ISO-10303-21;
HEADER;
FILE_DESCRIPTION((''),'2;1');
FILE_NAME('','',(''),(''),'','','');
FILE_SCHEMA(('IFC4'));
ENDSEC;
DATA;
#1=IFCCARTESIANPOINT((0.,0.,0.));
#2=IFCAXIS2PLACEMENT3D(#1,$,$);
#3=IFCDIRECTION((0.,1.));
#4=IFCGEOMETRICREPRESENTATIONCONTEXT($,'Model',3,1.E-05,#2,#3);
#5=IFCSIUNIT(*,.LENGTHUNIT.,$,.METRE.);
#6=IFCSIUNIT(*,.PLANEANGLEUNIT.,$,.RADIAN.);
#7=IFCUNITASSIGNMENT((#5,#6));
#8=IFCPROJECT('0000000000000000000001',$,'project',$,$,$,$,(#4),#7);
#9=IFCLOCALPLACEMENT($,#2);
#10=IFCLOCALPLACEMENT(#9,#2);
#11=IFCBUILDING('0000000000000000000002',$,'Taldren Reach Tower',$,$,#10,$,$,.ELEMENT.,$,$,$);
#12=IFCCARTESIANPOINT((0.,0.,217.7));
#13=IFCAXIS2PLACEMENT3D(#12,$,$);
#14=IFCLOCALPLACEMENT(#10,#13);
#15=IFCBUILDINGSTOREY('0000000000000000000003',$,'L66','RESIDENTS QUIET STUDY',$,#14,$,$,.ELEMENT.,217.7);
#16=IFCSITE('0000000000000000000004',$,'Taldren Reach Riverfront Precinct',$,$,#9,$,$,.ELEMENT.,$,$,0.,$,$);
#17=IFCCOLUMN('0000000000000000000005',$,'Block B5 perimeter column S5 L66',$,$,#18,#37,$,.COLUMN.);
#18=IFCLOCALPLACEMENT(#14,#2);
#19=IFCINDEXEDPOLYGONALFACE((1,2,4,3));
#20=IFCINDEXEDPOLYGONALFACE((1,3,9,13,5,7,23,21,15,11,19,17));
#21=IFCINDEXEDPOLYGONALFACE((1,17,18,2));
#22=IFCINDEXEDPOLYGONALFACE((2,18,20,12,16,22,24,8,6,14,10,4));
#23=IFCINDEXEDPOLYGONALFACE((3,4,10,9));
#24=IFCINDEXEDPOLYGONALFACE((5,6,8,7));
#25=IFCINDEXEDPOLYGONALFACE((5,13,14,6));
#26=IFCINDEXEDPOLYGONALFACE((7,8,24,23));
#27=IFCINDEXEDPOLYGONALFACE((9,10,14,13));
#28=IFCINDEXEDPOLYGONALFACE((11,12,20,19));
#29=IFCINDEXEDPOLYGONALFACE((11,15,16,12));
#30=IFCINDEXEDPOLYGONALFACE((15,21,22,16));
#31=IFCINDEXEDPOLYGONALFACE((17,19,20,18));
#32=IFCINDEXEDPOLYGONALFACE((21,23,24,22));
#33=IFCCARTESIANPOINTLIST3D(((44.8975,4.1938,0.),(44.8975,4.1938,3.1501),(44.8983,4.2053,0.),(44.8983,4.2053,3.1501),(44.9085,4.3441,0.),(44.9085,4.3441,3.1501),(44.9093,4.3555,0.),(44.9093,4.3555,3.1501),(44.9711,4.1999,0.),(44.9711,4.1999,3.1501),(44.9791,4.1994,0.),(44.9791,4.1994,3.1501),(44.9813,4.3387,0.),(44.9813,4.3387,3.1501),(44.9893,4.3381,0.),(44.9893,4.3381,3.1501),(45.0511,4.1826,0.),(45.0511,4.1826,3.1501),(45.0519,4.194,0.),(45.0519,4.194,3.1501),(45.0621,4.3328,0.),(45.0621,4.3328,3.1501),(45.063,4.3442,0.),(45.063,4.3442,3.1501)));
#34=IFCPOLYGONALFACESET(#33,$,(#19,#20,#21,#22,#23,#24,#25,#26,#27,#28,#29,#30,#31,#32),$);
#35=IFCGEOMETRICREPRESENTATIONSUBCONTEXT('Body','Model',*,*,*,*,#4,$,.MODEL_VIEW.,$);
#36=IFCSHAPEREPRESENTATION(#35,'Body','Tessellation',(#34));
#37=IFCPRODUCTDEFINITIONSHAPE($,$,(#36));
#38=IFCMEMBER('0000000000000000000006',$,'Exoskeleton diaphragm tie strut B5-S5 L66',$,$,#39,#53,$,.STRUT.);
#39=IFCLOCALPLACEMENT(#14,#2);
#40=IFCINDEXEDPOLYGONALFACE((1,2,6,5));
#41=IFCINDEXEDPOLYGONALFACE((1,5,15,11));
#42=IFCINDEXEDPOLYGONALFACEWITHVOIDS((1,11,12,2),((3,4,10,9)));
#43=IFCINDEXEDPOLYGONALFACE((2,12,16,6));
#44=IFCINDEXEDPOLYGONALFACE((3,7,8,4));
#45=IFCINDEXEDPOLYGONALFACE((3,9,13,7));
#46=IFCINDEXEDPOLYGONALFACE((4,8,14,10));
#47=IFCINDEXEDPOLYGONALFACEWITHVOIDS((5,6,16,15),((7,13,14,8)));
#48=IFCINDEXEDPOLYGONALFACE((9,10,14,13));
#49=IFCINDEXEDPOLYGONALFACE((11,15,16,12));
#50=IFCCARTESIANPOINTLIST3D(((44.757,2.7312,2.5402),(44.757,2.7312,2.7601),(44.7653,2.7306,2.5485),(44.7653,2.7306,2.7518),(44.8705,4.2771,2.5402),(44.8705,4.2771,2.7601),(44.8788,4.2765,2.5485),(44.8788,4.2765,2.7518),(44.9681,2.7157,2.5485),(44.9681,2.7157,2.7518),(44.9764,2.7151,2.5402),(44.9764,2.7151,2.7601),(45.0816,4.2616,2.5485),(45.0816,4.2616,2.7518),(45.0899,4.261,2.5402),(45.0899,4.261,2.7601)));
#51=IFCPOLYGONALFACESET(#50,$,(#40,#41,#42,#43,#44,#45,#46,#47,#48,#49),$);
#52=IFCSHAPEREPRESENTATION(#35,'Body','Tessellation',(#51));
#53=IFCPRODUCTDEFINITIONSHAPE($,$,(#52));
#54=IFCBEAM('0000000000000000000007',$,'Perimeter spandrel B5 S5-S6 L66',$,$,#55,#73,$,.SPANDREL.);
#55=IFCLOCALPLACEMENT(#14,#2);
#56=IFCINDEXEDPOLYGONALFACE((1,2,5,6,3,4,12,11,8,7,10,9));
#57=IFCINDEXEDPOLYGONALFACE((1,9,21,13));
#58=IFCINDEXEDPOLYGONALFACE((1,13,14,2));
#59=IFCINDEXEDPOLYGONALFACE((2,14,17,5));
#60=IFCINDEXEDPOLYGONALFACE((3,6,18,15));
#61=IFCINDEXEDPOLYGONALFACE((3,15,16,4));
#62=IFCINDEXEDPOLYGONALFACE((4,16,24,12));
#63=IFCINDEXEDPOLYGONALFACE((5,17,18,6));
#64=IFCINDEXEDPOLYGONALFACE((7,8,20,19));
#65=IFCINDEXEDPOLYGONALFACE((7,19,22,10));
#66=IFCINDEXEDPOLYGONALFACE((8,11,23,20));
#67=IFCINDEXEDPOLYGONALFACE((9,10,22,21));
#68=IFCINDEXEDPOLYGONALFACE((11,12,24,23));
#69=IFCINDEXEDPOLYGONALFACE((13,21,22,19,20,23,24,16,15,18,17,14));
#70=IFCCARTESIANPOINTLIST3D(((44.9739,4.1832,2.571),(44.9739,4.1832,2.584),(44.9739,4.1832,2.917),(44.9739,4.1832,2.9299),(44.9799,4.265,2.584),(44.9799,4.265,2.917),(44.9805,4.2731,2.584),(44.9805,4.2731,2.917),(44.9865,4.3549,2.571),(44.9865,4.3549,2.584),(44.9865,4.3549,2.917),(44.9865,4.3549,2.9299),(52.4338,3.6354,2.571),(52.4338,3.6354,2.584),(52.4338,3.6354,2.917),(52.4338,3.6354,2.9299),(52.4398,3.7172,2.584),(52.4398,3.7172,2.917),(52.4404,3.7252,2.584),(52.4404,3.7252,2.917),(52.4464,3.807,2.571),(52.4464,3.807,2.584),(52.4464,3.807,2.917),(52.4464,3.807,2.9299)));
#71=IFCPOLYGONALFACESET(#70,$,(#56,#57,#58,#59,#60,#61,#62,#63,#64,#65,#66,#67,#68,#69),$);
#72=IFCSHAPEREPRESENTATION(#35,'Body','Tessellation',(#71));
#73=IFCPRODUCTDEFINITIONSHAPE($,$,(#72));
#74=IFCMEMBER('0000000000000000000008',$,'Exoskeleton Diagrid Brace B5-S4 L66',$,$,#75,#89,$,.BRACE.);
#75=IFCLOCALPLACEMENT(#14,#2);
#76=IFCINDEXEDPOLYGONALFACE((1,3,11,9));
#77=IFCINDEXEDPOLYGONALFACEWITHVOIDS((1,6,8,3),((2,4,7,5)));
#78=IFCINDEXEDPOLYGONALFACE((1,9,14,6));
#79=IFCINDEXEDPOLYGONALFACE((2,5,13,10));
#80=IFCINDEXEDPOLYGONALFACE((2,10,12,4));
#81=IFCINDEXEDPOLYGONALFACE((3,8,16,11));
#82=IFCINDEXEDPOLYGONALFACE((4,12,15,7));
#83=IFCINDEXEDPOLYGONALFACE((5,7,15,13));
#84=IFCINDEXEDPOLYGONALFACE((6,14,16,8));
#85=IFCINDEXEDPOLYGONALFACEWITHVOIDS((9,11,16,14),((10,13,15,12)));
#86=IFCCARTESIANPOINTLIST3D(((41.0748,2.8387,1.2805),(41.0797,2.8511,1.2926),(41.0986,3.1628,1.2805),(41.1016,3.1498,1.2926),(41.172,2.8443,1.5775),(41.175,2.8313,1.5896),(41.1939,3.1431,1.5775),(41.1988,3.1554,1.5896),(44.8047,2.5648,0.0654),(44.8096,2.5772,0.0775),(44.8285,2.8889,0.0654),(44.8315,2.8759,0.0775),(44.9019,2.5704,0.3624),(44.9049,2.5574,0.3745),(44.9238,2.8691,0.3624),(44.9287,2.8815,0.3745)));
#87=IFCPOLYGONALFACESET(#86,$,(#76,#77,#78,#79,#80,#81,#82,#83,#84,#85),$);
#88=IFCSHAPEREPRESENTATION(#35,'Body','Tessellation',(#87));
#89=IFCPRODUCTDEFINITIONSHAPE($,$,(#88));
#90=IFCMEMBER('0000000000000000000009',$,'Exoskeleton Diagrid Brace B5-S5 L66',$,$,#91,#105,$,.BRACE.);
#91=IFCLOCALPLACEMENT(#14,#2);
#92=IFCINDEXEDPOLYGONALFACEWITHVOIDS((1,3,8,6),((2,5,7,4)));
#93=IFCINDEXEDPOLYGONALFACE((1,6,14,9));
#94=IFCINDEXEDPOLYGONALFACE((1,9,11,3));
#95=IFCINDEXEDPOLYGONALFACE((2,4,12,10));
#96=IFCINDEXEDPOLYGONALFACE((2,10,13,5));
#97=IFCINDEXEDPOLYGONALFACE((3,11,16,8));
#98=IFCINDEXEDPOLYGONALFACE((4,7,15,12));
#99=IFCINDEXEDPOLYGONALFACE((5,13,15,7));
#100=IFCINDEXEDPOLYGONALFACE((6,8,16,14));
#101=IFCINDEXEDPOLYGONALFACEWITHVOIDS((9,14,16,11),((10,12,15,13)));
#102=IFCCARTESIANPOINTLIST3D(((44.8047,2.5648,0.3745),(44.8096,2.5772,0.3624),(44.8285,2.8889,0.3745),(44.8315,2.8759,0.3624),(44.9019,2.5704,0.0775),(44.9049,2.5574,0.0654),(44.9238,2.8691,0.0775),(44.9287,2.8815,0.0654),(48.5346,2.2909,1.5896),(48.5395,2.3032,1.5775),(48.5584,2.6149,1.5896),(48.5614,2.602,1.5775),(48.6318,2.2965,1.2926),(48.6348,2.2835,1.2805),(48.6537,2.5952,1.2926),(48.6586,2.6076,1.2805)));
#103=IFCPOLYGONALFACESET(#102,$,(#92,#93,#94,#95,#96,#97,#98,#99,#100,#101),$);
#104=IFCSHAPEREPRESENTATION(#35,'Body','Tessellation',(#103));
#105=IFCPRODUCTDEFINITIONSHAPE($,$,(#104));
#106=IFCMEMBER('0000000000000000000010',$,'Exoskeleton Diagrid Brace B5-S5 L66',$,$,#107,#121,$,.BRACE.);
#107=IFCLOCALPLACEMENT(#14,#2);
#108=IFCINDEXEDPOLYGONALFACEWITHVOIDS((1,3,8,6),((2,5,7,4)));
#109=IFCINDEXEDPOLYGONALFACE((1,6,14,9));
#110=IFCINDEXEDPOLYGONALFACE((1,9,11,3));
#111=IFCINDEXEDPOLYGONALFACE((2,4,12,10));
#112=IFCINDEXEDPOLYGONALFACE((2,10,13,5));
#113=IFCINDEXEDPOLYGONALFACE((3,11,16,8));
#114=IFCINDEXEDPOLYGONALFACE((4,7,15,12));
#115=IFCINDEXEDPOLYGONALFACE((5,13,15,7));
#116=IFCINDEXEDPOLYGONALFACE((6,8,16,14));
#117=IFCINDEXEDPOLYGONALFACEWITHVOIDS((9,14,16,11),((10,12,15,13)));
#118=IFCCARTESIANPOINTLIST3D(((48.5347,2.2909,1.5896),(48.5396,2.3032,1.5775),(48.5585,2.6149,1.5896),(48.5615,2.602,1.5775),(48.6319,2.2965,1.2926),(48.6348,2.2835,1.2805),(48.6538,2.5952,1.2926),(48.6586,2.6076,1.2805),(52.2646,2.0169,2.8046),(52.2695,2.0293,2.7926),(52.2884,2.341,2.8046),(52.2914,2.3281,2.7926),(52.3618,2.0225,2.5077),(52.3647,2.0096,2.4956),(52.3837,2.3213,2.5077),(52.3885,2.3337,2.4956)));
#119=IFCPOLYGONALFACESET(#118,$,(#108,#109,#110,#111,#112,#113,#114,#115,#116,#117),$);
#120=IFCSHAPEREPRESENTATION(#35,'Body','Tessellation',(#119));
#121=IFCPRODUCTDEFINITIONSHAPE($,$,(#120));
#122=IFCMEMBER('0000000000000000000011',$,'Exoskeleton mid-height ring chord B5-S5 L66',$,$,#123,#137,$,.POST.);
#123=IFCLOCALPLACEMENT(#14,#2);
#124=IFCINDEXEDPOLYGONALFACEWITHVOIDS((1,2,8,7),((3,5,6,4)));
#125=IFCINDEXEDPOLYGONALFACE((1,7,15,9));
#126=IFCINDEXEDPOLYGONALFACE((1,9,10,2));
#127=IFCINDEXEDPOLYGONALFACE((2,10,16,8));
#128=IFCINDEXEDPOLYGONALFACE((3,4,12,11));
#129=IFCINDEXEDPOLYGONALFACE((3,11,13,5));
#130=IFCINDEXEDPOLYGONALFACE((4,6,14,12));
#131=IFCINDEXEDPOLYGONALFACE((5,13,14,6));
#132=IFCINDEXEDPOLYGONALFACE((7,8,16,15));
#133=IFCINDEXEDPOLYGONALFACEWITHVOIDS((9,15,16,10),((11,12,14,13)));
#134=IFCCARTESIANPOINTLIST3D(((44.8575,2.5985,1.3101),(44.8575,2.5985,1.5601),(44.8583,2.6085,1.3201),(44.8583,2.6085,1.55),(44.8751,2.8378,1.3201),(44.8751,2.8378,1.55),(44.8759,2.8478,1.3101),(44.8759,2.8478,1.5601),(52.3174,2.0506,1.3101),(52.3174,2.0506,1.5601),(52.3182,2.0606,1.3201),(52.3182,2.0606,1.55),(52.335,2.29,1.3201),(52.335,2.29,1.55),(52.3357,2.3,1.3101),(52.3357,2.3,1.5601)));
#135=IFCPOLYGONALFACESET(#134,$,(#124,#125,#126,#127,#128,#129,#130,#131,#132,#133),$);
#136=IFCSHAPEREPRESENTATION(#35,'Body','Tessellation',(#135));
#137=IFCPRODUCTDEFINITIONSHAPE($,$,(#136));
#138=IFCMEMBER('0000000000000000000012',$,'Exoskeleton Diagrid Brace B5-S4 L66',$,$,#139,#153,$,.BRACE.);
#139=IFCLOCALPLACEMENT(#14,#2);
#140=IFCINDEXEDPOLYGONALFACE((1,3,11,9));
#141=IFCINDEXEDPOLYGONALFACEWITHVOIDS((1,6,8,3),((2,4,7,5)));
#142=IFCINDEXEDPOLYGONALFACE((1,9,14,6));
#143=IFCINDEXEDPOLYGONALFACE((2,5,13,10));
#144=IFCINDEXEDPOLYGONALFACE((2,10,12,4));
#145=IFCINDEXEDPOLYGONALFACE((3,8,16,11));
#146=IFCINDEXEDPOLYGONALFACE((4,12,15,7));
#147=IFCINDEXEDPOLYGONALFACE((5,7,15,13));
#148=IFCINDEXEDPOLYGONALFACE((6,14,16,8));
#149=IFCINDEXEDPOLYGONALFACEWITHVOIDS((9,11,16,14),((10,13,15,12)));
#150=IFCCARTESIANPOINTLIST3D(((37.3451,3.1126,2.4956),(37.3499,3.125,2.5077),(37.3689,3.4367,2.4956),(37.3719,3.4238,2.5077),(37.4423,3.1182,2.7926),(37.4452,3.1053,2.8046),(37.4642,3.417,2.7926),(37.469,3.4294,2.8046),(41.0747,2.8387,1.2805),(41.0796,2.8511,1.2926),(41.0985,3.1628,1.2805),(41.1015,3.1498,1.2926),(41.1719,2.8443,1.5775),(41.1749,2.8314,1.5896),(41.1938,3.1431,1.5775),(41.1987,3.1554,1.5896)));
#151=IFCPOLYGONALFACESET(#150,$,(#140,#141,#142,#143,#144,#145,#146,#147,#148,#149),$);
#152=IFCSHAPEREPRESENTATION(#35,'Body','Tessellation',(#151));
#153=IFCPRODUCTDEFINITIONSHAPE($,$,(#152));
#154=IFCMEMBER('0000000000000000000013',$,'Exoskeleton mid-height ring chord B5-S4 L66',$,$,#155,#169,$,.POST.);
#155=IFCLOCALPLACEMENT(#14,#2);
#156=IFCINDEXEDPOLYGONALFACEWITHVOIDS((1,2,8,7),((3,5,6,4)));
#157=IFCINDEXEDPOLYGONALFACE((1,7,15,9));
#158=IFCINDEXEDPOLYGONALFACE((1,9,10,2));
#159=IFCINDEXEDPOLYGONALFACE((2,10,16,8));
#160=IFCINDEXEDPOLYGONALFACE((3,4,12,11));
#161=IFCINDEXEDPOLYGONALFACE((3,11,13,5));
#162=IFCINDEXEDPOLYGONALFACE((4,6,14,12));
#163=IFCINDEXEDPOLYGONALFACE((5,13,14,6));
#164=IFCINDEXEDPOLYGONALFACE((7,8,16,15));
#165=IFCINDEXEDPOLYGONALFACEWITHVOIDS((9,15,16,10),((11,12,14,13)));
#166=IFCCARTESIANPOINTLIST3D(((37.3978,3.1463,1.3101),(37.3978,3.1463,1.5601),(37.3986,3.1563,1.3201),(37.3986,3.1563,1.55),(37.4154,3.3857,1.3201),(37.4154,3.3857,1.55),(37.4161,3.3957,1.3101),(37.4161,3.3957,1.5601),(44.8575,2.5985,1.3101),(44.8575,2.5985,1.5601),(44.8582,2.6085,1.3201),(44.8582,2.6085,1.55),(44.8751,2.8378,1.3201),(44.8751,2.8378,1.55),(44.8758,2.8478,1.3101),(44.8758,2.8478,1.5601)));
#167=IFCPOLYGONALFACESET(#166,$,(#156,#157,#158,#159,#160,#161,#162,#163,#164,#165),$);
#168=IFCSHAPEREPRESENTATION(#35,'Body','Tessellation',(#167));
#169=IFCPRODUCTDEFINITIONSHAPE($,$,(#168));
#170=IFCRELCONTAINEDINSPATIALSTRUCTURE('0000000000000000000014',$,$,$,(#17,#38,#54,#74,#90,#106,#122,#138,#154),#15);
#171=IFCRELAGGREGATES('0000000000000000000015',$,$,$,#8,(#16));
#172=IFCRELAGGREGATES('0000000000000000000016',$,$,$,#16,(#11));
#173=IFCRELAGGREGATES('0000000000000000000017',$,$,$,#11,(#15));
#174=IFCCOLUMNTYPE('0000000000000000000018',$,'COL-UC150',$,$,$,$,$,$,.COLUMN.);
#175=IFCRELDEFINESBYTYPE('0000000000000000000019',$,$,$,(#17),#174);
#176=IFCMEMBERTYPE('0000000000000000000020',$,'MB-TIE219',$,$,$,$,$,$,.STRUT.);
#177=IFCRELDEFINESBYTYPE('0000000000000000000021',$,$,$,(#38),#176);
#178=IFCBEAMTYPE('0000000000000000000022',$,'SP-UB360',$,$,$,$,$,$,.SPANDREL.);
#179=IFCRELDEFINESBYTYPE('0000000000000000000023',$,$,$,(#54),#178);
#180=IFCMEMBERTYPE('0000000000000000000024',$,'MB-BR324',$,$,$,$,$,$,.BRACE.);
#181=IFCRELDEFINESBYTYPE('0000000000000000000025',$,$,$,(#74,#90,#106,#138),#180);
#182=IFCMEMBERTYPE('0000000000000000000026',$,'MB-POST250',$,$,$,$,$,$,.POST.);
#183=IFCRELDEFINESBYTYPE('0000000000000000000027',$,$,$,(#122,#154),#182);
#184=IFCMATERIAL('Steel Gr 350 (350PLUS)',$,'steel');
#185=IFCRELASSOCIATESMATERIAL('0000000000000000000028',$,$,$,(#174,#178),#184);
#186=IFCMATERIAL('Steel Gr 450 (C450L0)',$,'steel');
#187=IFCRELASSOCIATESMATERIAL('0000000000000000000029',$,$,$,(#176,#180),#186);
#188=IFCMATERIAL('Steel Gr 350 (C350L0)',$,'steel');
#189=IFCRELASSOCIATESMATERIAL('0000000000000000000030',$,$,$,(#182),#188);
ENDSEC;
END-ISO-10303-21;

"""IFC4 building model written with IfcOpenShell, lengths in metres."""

from ifc_helpers import new_model, si_unit, direction, frame, origin, origin_2d, place, context, subcontext, project, spatial, hollow_rectangle, i_section, extrude, source, transform, mapped, material, material_profile, profile_set, type_object, element, save


model = new_model("IFC4")

# Units and contexts
model_context = context("Model", 3, precision=1e-05, world=origin(), true_north=direction((0.0, 1.0)))
body_context = subcontext(model_context, "Body", "Model", "MODEL_VIEW")
ifc_project = project(units=[si_unit("LENGTHUNIT", "METRE"), si_unit("PLANEANGLEUNIT", "RADIAN")], contexts=[model_context])

# Site, building, storey
site_placement = place(None, origin())
site = spatial("IfcSite", under=ifc_project, at=site_placement, Name="Taldren Reach Riverfront Precinct", CompositionType="ELEMENT", RefElevation=0.0)
building_placement = place(site_placement, origin())
building = spatial("IfcBuilding", under=site, at=building_placement, Name="Taldren Reach Tower", CompositionType="ELEMENT")
storey_placement = place(building_placement, frame((0.0, 0.0, 217.7)))
storey = spatial("IfcBuildingStorey", under=building, at=storey_placement, Name="L66", Description="RESIDENTS QUIET STUDY", CompositionType="ELEMENT", Elevation=217.7)

# Column
ifc_material_1 = material(Name="Steel Gr 350 (350PLUS)", Category="steel")
ifc_material_profile_1 = material_profile(ifc_material_1, i_section(OverallWidth=0.1541, OverallDepth=0.1621, WebThickness=0.0081, FlangeThickness=0.0115, at=origin_2d()), Name="150UC37.2")
ifc_profile_set_1 = profile_set([ifc_material_profile_1], Name="Steel Gr 350 (350PLUS)")
column_type = type_object("IfcColumnType", Name="COL-UC150", PredefinedType="COLUMN", material=ifc_profile_set_1)
shared_shape_1 = source(origin(), body_context, "Body", "SweptSolid", [
    extrude(i_section(OverallWidth=0.1541, OverallDepth=0.1621, WebThickness=0.0081, FlangeThickness=0.0115, at=origin_2d()), origin(), (0.0, 0.0, 1.0), 3.1501),
])
column_placement = place(storey_placement, frame((44.9802, 4.269, 0.0), z_axis=(0.0, 0.0, 1.0), x_axis=(0.997314, -0.073238, 0.0)))
element("IfcColumn", 1, at=column_placement, inside=storey, type_object=column_type, Name="Block B5 perimeter column S5 L66", PredefinedType="COLUMN", context=body_context, shape_type="MappedRepresentation", body=[
    mapped(shared_shape_1, transform((0.0, 0.0, 0.0), scale=1.0)),
])

# Member
ifc_material_2 = material(Name="Steel Gr 450 (C450L0)", Category="steel")
ifc_material_profile_2 = material_profile(ifc_material_2, hollow_rectangle(XDim=0.22, YDim=0.22, WallThickness=0.0083, at=origin_2d()), Name="220x220x8.2SHS")
ifc_profile_set_2 = profile_set([ifc_material_profile_2], Name="Steel Gr 450 (C450L0)")
member_type_1 = type_object("IfcMemberType", Name="MB-TIE219", PredefinedType="STRUT", material=ifc_profile_set_2)
shared_shape_2 = source(origin(), body_context, "Body", "SweptSolid", [
    extrude(hollow_rectangle(XDim=0.22, YDim=0.22, WallThickness=0.0083, at=origin_2d()), origin(), (0.0, 0.0, 1.0), 1.55),
])
member_1_placement = place(storey_placement, frame((44.9802, 4.269, 2.6501), z_axis=(-0.073239, -0.997314, 0.0), x_axis=(0.997314, -0.073239, 0.0)))
element("IfcMember", 2, at=member_1_placement, inside=storey, type_object=member_type_1, Name="Exoskeleton diaphragm tie strut B5-S5 L66", PredefinedType="STRUT", context=body_context, shape_type="MappedRepresentation", body=[
    mapped(shared_shape_2, transform((0.0, 0.0, 0.0), scale=1.0)),
])

# Beam
ifc_material_profile_3 = material_profile(ifc_material_1, i_section(OverallWidth=0.1721, OverallDepth=0.3589, WebThickness=0.0081, FlangeThickness=0.0129, at=origin_2d()), Name="360UB56.7")
ifc_profile_set_3 = profile_set([ifc_material_profile_3], Name="Steel Gr 350 (350PLUS)")
beam_type = type_object("IfcBeamType", Name="SP-UB360", PredefinedType="SPANDREL", material=ifc_profile_set_3)
shared_shape_3 = source(origin(), body_context, "Body", "SweptSolid", [
    extrude(i_section(OverallWidth=0.1721, OverallDepth=0.3589, WebThickness=0.0081, FlangeThickness=0.0129, at=origin_2d()), origin(), (0.0, 0.0, 1.0), 7.48),
])
beam_placement = place(storey_placement, frame((44.9802, 4.269, 2.7505), z_axis=(0.997314, -0.073242, 0.0), x_axis=(0.073242, 0.997314, 0.0)))
element("IfcBeam", 3, at=beam_placement, inside=storey, type_object=beam_type, Name="Perimeter spandrel B5 S5-S6 L66", PredefinedType="SPANDREL", context=body_context, shape_type="MappedRepresentation", body=[
    mapped(shared_shape_3, transform((0.0, 0.0, 0.0), scale=1.0)),
])

# Members
ifc_material_profile_4 = material_profile(ifc_material_2, hollow_rectangle(XDim=0.325, YDim=0.325, WallThickness=0.0127, at=origin_2d()), Name="325x325x12.7SHS")
ifc_profile_set_4 = profile_set([ifc_material_profile_4], Name="Steel Gr 450 (C450L0)")
member_type_2 = type_object("IfcMemberType", Name="MB-BR324", PredefinedType="BRACE", material=ifc_profile_set_4)
shared_shape_4 = source(origin(), body_context, "Body", "SweptSolid", [
    extrude(hollow_rectangle(XDim=0.325, YDim=0.325, WallThickness=0.0127, at=origin_2d()), origin(), (0.0, 0.0, 1.0), 3.9324),
])
for number, where, z_axis, x_axis, name in (
    (4, (44.8667, 2.7231, 0.22), (-0.948511, 0.069658, 0.308989), (-0.073242, -0.997314, 0.0), "Exoskeleton Diagrid Brace B5-S4 L66"),
    (5, (44.8667, 2.7231, 0.22), (0.948511, -0.069658, 0.308989), (0.073242, 0.997314, 0.0), "Exoskeleton Diagrid Brace B5-S5 L66"),
    (6, (48.5967, 2.4492, 1.4351), (0.948511, -0.069658, 0.308989), (0.073242, 0.997314, 0.0), "Exoskeleton Diagrid Brace B5-S5 L66"),
):
    element("IfcMember", number, at=place(storey_placement, frame(where, z_axis=z_axis, x_axis=x_axis)), inside=storey, type_object=member_type_2, Name=name, PredefinedType="BRACE", context=body_context, shape_type="MappedRepresentation", body=[
        mapped(shared_shape_4, transform((0.0, 0.0, 0.0), scale=1.0)),
    ])
ifc_material_3 = material(Name="Steel Gr 350 (C350L0)", Category="steel")
ifc_material_profile_5 = material_profile(ifc_material_3, hollow_rectangle(XDim=0.25, YDim=0.25, WallThickness=0.01, at=origin_2d()), Name="250x250x10.0SHS")
ifc_profile_set_5 = profile_set([ifc_material_profile_5], Name="Steel Gr 350 (C350L0)")
member_type_3 = type_object("IfcMemberType", Name="MB-POST250", PredefinedType="POST", material=ifc_profile_set_5)
shared_shape_5 = source(origin(), body_context, "Body", "SweptSolid", [
    extrude(hollow_rectangle(XDim=0.25, YDim=0.25, WallThickness=0.01, at=origin_2d()), origin(), (0.0, 0.0, 1.0), 7.48),
])
member_2_placement = place(storey_placement, frame((44.8667, 2.7231, 1.4351), z_axis=(0.997314, -0.073242, 0.0), x_axis=(0.073242, 0.997314, 0.0)))
element("IfcMember", 7, at=member_2_placement, inside=storey, type_object=member_type_3, Name="Exoskeleton mid-height ring chord B5-S5 L66", PredefinedType="POST", context=body_context, shape_type="MappedRepresentation", body=[
    mapped(shared_shape_5, transform((0.0, 0.0, 0.0), scale=1.0)),
])
shared_shape_6 = source(origin(), body_context, "Body", "SweptSolid", [
    extrude(hollow_rectangle(XDim=0.325, YDim=0.325, WallThickness=0.0127, at=origin_2d()), origin(), (0.0, 0.0, 1.0), 3.9321),
])
member_3_placement = place(storey_placement, frame((41.1367, 2.9971, 1.4351), z_axis=(-0.948505, 0.069662, 0.309008), x_axis=(-0.073246, -0.997314, 0.0)))
element("IfcMember", 8, at=member_3_placement, inside=storey, type_object=member_type_2, Name="Exoskeleton Diagrid Brace B5-S4 L66", PredefinedType="BRACE", context=body_context, shape_type="MappedRepresentation", body=[
    mapped(shared_shape_6, transform((0.0, 0.0, 0.0), scale=1.0)),
])
shared_shape_7 = source(origin(), body_context, "Body", "SweptSolid", [
    extrude(hollow_rectangle(XDim=0.25, YDim=0.25, WallThickness=0.01, at=origin_2d()), origin(), (0.0, 0.0, 1.0), 7.4797),
])
member_4_placement = place(storey_placement, frame((37.407, 3.271, 1.4351), z_axis=(0.997314, -0.073244, 0.0), x_axis=(0.073244, 0.997314, 0.0)))
element("IfcMember", 9, at=member_4_placement, inside=storey, type_object=member_type_3, Name="Exoskeleton mid-height ring chord B5-S4 L66", PredefinedType="POST", context=body_context, shape_type="MappedRepresentation", body=[
    mapped(shared_shape_7, transform((0.0, 0.0, 0.0), scale=1.0)),
])

save(model, "model.ifc")
